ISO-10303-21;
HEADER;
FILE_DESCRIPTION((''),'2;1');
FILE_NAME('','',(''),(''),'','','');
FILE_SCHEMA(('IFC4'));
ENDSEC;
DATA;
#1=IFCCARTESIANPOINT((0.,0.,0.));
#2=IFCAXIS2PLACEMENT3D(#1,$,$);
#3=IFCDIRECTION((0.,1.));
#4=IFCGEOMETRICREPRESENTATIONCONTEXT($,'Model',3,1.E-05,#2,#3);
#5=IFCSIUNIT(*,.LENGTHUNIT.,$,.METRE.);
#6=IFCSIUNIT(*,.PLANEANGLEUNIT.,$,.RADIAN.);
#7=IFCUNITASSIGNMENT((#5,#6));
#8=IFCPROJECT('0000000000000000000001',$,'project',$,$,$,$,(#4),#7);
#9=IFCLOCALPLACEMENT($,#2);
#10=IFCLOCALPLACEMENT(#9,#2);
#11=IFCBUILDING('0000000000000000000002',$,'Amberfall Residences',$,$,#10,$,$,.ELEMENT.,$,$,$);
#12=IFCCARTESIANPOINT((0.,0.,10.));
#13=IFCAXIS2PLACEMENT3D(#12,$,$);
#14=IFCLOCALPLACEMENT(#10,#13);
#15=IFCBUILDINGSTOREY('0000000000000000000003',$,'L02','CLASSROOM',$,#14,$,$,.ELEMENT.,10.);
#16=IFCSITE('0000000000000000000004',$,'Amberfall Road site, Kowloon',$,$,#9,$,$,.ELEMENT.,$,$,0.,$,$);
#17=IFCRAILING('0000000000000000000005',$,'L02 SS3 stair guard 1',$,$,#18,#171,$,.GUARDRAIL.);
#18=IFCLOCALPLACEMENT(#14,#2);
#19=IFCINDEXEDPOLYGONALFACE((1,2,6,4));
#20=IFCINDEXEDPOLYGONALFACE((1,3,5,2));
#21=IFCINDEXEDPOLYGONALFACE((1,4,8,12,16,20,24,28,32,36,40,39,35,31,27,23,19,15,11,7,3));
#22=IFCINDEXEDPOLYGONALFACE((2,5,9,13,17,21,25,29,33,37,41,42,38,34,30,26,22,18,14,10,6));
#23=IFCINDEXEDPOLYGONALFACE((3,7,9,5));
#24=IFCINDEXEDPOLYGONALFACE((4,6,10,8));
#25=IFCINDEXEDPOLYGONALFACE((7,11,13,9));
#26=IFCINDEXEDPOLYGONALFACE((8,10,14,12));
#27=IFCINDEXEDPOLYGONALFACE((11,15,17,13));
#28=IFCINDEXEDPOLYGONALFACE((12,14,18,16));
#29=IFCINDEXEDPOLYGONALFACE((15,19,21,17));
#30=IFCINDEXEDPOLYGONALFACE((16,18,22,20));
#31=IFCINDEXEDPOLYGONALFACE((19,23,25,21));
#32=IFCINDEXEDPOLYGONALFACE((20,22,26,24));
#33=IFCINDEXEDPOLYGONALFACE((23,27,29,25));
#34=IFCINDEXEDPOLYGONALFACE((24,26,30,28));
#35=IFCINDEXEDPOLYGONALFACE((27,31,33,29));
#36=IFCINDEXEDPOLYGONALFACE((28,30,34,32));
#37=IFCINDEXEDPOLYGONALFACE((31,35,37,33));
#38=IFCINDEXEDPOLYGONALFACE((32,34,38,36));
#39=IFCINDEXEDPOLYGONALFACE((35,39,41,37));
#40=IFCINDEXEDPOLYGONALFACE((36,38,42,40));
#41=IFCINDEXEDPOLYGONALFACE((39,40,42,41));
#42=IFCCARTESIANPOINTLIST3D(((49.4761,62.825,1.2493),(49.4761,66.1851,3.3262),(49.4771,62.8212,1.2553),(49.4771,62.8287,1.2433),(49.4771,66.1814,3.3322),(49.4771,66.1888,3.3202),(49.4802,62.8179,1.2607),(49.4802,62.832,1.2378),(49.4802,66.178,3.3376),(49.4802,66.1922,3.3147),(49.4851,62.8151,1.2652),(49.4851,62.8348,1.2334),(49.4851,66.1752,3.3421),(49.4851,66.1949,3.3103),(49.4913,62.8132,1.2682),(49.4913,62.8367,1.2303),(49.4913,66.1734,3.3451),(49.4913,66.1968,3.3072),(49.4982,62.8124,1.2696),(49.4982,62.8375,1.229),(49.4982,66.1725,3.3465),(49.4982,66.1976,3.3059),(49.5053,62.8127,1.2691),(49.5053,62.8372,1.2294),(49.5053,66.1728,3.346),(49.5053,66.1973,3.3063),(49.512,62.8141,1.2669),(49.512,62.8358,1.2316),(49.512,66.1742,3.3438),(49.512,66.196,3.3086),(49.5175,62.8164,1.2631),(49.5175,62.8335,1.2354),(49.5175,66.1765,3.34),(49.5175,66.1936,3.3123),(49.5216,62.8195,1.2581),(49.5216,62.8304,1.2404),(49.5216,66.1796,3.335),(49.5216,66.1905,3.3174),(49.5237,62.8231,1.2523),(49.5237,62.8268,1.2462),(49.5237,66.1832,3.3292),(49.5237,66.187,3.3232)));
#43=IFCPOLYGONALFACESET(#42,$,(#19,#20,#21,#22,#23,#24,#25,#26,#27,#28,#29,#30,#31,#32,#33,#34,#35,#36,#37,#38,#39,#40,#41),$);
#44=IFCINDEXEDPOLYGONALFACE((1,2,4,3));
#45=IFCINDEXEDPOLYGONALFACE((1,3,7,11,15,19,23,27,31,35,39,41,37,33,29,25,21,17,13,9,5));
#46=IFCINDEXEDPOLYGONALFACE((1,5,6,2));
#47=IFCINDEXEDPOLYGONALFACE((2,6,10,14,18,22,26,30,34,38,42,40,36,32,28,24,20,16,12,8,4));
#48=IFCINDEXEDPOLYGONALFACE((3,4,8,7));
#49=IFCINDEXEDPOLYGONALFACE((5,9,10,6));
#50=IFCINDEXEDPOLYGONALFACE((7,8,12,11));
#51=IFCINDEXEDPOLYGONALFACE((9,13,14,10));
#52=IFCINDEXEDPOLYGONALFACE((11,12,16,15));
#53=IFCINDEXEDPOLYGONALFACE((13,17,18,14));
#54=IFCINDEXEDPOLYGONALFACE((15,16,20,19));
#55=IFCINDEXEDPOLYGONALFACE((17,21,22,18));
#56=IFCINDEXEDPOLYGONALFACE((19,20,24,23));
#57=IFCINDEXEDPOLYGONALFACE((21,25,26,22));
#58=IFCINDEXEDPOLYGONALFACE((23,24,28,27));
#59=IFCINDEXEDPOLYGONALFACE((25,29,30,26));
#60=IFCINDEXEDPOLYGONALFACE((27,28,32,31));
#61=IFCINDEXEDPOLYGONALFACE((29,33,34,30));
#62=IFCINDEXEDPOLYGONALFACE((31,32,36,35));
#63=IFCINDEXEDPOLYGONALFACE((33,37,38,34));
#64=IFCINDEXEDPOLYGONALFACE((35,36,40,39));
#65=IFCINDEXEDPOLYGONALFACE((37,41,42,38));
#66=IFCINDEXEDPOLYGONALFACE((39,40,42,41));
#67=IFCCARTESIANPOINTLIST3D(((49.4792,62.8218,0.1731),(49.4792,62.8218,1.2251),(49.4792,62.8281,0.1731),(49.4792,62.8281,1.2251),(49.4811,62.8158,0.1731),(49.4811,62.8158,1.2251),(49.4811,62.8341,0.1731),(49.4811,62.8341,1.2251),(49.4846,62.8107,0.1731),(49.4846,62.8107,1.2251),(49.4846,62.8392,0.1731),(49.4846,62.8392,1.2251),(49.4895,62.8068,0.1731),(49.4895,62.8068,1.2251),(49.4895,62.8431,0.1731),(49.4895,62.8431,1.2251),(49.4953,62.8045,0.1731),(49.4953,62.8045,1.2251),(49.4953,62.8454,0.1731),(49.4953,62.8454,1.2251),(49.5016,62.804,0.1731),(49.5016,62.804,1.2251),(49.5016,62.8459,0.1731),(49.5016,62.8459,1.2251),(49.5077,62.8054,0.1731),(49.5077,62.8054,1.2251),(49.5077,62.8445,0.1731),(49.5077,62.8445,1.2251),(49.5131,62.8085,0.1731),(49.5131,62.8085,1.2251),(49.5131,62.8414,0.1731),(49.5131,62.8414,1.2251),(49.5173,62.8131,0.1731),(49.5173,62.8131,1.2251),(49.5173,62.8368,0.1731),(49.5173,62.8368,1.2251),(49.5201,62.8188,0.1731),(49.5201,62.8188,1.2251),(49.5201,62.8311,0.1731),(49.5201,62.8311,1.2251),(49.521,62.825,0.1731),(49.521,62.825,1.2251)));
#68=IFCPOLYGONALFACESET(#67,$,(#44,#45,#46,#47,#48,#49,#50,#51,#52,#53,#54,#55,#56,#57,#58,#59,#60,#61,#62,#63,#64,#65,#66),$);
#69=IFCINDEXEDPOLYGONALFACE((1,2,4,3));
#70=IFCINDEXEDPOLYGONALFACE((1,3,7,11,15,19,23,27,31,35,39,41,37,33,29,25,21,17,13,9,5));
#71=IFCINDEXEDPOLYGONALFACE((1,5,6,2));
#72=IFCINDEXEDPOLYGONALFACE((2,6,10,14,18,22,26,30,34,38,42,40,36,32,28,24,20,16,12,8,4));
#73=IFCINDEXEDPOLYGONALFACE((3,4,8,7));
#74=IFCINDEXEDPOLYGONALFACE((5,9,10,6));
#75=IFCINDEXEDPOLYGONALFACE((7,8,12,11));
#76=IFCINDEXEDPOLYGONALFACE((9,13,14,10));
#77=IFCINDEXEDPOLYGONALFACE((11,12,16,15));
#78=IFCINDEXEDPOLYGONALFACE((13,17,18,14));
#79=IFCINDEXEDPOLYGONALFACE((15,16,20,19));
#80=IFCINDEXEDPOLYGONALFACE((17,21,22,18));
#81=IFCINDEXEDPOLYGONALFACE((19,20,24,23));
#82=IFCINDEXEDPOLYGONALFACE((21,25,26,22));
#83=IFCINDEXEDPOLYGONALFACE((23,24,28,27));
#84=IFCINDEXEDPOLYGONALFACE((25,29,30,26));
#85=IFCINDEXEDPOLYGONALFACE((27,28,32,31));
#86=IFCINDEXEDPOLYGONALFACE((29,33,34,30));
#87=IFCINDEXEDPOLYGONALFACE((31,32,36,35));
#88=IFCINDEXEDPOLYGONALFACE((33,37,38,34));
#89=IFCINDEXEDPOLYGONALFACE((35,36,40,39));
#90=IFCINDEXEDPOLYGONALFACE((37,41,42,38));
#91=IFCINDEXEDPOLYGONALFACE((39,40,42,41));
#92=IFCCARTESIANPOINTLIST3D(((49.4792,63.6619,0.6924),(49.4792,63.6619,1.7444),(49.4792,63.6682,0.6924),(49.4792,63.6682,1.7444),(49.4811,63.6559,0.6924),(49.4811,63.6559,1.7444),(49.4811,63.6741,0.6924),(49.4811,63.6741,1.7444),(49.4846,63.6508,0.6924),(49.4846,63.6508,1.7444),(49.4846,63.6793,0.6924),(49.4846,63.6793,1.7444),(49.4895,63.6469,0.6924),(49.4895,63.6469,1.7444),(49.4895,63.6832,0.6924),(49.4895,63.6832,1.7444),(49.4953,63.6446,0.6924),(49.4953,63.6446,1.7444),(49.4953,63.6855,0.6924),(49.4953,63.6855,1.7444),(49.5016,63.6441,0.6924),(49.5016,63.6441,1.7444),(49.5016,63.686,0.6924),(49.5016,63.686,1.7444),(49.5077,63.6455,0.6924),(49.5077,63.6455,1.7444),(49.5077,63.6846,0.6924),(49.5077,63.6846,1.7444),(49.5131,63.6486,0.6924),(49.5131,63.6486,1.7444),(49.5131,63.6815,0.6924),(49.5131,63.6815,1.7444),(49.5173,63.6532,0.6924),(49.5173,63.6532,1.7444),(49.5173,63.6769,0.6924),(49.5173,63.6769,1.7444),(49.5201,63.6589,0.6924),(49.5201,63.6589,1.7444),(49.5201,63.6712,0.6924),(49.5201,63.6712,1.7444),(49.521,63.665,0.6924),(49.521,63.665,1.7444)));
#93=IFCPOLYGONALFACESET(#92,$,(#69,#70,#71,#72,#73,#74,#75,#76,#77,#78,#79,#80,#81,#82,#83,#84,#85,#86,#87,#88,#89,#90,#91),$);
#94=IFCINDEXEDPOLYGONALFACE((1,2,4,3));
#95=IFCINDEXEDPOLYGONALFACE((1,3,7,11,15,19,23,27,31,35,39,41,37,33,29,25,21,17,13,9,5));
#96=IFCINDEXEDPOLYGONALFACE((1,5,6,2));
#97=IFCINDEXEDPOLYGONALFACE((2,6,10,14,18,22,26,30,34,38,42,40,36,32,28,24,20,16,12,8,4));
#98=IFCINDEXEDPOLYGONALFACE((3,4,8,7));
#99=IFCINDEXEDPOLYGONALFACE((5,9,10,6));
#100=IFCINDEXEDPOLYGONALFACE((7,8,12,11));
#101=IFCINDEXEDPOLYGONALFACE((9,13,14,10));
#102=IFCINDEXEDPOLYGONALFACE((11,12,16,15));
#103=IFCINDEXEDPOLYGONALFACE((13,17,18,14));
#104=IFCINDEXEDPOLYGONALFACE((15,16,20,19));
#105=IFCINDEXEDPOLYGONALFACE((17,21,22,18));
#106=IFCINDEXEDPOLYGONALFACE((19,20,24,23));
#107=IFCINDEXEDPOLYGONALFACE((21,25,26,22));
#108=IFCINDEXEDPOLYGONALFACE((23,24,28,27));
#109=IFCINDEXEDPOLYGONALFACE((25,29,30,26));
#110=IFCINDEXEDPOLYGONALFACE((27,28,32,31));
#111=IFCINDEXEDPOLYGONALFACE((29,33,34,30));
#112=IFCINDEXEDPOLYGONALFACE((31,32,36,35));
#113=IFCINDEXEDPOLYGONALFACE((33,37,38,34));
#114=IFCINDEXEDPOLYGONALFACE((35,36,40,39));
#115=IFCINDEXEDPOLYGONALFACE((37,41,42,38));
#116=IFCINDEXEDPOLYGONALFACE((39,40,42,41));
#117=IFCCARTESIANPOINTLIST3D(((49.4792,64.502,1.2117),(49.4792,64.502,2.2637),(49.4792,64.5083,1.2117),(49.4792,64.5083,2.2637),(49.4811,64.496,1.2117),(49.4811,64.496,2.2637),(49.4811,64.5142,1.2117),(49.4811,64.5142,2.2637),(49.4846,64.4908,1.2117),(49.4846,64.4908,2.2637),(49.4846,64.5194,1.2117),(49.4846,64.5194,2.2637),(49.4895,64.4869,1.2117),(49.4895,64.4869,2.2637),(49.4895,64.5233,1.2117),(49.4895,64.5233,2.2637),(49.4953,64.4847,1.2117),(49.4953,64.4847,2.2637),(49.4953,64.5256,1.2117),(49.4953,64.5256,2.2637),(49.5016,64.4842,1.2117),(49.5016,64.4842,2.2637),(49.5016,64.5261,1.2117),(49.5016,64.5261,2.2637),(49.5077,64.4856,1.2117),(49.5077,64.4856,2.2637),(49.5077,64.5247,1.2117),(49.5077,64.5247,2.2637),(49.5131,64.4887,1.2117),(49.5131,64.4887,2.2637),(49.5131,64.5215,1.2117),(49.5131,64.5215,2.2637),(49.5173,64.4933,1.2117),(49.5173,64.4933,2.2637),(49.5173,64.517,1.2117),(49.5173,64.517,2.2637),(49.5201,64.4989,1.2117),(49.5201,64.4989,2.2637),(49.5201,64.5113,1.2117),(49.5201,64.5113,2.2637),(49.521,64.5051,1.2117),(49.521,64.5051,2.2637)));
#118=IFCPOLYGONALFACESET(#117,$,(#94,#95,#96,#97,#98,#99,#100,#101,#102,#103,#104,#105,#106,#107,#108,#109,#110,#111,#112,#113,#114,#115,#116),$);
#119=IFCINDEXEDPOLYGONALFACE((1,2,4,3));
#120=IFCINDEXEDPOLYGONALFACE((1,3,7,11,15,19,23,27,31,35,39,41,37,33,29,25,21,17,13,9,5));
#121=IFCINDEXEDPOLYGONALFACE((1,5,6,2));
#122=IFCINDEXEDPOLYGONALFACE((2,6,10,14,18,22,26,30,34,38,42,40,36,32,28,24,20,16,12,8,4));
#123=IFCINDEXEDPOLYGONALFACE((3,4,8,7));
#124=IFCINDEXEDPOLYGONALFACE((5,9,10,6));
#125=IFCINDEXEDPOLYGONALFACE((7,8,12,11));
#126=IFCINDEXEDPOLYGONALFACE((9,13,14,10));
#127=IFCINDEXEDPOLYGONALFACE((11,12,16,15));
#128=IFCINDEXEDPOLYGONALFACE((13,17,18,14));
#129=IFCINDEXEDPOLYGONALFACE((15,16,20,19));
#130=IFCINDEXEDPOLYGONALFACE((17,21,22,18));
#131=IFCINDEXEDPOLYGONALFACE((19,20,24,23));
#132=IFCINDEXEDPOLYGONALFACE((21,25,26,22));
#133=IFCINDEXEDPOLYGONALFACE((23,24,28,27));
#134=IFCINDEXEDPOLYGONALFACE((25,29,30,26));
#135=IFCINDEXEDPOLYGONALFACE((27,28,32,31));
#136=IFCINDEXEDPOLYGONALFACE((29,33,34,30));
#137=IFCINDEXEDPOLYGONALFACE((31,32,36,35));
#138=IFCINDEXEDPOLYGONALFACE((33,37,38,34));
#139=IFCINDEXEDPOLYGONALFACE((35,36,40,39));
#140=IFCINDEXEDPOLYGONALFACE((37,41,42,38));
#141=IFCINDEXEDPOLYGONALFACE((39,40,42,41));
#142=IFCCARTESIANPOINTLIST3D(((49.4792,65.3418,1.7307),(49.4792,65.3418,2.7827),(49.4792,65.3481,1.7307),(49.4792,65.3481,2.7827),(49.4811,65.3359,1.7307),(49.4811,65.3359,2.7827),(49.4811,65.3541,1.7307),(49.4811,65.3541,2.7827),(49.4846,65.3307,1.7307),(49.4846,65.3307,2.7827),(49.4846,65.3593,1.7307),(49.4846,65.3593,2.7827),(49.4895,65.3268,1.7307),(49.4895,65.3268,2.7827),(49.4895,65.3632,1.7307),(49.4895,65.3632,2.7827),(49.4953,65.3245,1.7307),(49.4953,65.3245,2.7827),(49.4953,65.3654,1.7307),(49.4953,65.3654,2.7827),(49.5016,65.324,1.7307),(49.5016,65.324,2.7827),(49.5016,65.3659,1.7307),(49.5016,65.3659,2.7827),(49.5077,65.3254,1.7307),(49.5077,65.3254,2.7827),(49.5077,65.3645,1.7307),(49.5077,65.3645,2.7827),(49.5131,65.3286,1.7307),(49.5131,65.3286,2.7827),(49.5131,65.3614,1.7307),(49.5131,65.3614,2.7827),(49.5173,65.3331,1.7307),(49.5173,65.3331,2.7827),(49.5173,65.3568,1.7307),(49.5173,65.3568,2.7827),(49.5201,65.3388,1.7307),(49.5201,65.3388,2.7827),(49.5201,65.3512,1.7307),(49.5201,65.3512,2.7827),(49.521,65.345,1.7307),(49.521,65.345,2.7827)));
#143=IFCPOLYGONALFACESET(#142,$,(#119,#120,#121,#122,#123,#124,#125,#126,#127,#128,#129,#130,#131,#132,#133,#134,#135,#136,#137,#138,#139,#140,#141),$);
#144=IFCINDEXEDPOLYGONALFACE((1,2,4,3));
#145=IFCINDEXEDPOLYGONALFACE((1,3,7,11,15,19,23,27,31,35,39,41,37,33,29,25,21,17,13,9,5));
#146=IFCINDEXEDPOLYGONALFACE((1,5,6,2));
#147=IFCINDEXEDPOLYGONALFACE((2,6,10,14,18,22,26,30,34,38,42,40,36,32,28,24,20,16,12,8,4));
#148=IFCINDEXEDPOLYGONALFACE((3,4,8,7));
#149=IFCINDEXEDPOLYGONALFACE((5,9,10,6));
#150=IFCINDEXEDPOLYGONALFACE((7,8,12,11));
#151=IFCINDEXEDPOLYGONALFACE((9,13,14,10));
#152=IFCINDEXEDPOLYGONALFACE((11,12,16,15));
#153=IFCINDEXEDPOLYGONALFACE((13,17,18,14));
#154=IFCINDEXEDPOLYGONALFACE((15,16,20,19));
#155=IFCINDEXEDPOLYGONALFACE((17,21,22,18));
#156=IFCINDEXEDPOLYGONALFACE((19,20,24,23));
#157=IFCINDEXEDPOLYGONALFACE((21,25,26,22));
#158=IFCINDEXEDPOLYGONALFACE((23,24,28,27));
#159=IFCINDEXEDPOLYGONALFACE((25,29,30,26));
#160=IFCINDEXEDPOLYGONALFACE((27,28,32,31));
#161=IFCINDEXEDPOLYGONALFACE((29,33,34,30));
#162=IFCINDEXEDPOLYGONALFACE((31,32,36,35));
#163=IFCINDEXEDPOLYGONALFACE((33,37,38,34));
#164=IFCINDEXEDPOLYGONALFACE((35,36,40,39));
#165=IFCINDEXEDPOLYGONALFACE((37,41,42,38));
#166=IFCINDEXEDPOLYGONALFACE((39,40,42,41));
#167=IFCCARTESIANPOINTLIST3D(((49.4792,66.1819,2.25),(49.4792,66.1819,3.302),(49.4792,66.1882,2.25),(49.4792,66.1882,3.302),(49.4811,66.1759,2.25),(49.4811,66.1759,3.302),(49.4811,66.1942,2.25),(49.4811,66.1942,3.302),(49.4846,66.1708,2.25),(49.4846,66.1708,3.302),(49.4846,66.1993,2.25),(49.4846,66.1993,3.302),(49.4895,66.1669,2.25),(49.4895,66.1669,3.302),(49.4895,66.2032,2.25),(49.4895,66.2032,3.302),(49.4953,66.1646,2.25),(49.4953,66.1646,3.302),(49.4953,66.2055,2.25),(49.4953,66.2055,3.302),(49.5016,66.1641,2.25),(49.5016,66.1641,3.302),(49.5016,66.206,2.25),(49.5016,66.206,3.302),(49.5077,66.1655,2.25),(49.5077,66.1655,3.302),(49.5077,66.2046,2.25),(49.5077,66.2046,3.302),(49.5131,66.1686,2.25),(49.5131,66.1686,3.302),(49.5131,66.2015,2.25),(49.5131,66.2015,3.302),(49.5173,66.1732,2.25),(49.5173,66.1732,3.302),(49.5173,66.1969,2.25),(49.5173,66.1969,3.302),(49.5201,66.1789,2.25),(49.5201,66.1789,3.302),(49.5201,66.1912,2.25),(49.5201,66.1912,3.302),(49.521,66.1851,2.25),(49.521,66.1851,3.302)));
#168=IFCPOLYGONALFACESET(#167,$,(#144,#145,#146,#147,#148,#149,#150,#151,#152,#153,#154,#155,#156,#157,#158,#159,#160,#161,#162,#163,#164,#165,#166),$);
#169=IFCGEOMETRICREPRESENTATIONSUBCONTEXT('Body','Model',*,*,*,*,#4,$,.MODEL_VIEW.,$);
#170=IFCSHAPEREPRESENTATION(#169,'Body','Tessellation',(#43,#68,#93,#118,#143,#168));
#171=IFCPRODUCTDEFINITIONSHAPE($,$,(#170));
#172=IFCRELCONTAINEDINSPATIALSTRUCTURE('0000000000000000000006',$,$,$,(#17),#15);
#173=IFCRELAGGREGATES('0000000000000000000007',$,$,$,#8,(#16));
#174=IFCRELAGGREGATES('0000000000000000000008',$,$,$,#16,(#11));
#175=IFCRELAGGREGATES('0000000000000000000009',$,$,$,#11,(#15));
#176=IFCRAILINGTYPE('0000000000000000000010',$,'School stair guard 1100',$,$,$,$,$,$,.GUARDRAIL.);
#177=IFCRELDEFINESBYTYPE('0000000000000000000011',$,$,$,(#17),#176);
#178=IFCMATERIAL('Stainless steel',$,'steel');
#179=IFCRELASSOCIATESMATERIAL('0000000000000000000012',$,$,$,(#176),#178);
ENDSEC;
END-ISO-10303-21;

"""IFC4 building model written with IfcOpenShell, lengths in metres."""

from ifc_helpers import new_model, si_unit, direction, frame, origin, origin_2d, place, context, subcontext, project, spatial, circle, extrude, material, type_object, element, save


model = new_model("IFC4")

# Units and contexts
model_context = context("Model", 3, precision=1e-05, world=origin(), true_north=direction((0.0, 1.0)))
body_context = subcontext(model_context, "Body", "Model", "MODEL_VIEW")
ifc_project = project(units=[si_unit("LENGTHUNIT", "METRE"), si_unit("PLANEANGLEUNIT", "RADIAN")], contexts=[model_context])

# Site, building, storey
site_placement = place(None, origin())
site = spatial("IfcSite", under=ifc_project, at=site_placement, Name="Amberfall Road site, Kowloon", CompositionType="ELEMENT", RefElevation=0.0)
building_placement = place(site_placement, origin())
building = spatial("IfcBuilding", under=site, at=building_placement, Name="Amberfall Residences", CompositionType="ELEMENT")
storey_placement = place(building_placement, frame((0.0, 0.0, 10.0)))
storey = spatial("IfcBuildingStorey", under=building, at=storey_placement, Name="L02", Description="CLASSROOM", CompositionType="ELEMENT", Elevation=10.0)

# Railing
ifc_material_1 = material(Name="Stainless steel", Category="steel")
railing_type_1 = type_object("IfcRailingType", Name="School stair guard 1100", PredefinedType="GUARDRAIL", material=ifc_material_1)
railing_1_placement = place(storey_placement, frame((49.5, 62.825, 0.1731)))
element("IfcRailing", 1, at=railing_1_placement, inside=storey, type_object=railing_type_1, Name="L02 SS3 stair guard 1", PredefinedType="GUARDRAIL", context=body_context, shape_type="SweptSolid", body=[
    extrude(circle(Radius=0.0239, at=origin_2d()), frame((0.0, 0.0, 1.0762), z_axis=(0.0, 0.850623, 0.525776), x_axis=(-1.0, 0.0, 0.0)), (0.0, 0.0, 1.0), 3.9502),
    extrude(circle(Radius=0.021, at=origin_2d()), origin(), (0.0, 0.0, 1.0), 1.052),
    extrude(circle(Radius=0.021, at=origin_2d()), frame((0.0, 0.8401, 0.5193)), (0.0, 0.0, 1.0), 1.052),
    extrude(circle(Radius=0.021, at=origin_2d()), frame((0.0, 1.6802, 1.0386)), (0.0, 0.0, 1.0), 1.052),
    extrude(circle(Radius=0.021, at=origin_2d()), frame((0.0, 2.52, 1.5576)), (0.0, 0.0, 1.0), 1.052),
    extrude(circle(Radius=0.021, at=origin_2d()), frame((0.0, 3.3601, 2.0769)), (0.0, 0.0, 1.0), 1.052),
])

save(model, "model.ifc")
